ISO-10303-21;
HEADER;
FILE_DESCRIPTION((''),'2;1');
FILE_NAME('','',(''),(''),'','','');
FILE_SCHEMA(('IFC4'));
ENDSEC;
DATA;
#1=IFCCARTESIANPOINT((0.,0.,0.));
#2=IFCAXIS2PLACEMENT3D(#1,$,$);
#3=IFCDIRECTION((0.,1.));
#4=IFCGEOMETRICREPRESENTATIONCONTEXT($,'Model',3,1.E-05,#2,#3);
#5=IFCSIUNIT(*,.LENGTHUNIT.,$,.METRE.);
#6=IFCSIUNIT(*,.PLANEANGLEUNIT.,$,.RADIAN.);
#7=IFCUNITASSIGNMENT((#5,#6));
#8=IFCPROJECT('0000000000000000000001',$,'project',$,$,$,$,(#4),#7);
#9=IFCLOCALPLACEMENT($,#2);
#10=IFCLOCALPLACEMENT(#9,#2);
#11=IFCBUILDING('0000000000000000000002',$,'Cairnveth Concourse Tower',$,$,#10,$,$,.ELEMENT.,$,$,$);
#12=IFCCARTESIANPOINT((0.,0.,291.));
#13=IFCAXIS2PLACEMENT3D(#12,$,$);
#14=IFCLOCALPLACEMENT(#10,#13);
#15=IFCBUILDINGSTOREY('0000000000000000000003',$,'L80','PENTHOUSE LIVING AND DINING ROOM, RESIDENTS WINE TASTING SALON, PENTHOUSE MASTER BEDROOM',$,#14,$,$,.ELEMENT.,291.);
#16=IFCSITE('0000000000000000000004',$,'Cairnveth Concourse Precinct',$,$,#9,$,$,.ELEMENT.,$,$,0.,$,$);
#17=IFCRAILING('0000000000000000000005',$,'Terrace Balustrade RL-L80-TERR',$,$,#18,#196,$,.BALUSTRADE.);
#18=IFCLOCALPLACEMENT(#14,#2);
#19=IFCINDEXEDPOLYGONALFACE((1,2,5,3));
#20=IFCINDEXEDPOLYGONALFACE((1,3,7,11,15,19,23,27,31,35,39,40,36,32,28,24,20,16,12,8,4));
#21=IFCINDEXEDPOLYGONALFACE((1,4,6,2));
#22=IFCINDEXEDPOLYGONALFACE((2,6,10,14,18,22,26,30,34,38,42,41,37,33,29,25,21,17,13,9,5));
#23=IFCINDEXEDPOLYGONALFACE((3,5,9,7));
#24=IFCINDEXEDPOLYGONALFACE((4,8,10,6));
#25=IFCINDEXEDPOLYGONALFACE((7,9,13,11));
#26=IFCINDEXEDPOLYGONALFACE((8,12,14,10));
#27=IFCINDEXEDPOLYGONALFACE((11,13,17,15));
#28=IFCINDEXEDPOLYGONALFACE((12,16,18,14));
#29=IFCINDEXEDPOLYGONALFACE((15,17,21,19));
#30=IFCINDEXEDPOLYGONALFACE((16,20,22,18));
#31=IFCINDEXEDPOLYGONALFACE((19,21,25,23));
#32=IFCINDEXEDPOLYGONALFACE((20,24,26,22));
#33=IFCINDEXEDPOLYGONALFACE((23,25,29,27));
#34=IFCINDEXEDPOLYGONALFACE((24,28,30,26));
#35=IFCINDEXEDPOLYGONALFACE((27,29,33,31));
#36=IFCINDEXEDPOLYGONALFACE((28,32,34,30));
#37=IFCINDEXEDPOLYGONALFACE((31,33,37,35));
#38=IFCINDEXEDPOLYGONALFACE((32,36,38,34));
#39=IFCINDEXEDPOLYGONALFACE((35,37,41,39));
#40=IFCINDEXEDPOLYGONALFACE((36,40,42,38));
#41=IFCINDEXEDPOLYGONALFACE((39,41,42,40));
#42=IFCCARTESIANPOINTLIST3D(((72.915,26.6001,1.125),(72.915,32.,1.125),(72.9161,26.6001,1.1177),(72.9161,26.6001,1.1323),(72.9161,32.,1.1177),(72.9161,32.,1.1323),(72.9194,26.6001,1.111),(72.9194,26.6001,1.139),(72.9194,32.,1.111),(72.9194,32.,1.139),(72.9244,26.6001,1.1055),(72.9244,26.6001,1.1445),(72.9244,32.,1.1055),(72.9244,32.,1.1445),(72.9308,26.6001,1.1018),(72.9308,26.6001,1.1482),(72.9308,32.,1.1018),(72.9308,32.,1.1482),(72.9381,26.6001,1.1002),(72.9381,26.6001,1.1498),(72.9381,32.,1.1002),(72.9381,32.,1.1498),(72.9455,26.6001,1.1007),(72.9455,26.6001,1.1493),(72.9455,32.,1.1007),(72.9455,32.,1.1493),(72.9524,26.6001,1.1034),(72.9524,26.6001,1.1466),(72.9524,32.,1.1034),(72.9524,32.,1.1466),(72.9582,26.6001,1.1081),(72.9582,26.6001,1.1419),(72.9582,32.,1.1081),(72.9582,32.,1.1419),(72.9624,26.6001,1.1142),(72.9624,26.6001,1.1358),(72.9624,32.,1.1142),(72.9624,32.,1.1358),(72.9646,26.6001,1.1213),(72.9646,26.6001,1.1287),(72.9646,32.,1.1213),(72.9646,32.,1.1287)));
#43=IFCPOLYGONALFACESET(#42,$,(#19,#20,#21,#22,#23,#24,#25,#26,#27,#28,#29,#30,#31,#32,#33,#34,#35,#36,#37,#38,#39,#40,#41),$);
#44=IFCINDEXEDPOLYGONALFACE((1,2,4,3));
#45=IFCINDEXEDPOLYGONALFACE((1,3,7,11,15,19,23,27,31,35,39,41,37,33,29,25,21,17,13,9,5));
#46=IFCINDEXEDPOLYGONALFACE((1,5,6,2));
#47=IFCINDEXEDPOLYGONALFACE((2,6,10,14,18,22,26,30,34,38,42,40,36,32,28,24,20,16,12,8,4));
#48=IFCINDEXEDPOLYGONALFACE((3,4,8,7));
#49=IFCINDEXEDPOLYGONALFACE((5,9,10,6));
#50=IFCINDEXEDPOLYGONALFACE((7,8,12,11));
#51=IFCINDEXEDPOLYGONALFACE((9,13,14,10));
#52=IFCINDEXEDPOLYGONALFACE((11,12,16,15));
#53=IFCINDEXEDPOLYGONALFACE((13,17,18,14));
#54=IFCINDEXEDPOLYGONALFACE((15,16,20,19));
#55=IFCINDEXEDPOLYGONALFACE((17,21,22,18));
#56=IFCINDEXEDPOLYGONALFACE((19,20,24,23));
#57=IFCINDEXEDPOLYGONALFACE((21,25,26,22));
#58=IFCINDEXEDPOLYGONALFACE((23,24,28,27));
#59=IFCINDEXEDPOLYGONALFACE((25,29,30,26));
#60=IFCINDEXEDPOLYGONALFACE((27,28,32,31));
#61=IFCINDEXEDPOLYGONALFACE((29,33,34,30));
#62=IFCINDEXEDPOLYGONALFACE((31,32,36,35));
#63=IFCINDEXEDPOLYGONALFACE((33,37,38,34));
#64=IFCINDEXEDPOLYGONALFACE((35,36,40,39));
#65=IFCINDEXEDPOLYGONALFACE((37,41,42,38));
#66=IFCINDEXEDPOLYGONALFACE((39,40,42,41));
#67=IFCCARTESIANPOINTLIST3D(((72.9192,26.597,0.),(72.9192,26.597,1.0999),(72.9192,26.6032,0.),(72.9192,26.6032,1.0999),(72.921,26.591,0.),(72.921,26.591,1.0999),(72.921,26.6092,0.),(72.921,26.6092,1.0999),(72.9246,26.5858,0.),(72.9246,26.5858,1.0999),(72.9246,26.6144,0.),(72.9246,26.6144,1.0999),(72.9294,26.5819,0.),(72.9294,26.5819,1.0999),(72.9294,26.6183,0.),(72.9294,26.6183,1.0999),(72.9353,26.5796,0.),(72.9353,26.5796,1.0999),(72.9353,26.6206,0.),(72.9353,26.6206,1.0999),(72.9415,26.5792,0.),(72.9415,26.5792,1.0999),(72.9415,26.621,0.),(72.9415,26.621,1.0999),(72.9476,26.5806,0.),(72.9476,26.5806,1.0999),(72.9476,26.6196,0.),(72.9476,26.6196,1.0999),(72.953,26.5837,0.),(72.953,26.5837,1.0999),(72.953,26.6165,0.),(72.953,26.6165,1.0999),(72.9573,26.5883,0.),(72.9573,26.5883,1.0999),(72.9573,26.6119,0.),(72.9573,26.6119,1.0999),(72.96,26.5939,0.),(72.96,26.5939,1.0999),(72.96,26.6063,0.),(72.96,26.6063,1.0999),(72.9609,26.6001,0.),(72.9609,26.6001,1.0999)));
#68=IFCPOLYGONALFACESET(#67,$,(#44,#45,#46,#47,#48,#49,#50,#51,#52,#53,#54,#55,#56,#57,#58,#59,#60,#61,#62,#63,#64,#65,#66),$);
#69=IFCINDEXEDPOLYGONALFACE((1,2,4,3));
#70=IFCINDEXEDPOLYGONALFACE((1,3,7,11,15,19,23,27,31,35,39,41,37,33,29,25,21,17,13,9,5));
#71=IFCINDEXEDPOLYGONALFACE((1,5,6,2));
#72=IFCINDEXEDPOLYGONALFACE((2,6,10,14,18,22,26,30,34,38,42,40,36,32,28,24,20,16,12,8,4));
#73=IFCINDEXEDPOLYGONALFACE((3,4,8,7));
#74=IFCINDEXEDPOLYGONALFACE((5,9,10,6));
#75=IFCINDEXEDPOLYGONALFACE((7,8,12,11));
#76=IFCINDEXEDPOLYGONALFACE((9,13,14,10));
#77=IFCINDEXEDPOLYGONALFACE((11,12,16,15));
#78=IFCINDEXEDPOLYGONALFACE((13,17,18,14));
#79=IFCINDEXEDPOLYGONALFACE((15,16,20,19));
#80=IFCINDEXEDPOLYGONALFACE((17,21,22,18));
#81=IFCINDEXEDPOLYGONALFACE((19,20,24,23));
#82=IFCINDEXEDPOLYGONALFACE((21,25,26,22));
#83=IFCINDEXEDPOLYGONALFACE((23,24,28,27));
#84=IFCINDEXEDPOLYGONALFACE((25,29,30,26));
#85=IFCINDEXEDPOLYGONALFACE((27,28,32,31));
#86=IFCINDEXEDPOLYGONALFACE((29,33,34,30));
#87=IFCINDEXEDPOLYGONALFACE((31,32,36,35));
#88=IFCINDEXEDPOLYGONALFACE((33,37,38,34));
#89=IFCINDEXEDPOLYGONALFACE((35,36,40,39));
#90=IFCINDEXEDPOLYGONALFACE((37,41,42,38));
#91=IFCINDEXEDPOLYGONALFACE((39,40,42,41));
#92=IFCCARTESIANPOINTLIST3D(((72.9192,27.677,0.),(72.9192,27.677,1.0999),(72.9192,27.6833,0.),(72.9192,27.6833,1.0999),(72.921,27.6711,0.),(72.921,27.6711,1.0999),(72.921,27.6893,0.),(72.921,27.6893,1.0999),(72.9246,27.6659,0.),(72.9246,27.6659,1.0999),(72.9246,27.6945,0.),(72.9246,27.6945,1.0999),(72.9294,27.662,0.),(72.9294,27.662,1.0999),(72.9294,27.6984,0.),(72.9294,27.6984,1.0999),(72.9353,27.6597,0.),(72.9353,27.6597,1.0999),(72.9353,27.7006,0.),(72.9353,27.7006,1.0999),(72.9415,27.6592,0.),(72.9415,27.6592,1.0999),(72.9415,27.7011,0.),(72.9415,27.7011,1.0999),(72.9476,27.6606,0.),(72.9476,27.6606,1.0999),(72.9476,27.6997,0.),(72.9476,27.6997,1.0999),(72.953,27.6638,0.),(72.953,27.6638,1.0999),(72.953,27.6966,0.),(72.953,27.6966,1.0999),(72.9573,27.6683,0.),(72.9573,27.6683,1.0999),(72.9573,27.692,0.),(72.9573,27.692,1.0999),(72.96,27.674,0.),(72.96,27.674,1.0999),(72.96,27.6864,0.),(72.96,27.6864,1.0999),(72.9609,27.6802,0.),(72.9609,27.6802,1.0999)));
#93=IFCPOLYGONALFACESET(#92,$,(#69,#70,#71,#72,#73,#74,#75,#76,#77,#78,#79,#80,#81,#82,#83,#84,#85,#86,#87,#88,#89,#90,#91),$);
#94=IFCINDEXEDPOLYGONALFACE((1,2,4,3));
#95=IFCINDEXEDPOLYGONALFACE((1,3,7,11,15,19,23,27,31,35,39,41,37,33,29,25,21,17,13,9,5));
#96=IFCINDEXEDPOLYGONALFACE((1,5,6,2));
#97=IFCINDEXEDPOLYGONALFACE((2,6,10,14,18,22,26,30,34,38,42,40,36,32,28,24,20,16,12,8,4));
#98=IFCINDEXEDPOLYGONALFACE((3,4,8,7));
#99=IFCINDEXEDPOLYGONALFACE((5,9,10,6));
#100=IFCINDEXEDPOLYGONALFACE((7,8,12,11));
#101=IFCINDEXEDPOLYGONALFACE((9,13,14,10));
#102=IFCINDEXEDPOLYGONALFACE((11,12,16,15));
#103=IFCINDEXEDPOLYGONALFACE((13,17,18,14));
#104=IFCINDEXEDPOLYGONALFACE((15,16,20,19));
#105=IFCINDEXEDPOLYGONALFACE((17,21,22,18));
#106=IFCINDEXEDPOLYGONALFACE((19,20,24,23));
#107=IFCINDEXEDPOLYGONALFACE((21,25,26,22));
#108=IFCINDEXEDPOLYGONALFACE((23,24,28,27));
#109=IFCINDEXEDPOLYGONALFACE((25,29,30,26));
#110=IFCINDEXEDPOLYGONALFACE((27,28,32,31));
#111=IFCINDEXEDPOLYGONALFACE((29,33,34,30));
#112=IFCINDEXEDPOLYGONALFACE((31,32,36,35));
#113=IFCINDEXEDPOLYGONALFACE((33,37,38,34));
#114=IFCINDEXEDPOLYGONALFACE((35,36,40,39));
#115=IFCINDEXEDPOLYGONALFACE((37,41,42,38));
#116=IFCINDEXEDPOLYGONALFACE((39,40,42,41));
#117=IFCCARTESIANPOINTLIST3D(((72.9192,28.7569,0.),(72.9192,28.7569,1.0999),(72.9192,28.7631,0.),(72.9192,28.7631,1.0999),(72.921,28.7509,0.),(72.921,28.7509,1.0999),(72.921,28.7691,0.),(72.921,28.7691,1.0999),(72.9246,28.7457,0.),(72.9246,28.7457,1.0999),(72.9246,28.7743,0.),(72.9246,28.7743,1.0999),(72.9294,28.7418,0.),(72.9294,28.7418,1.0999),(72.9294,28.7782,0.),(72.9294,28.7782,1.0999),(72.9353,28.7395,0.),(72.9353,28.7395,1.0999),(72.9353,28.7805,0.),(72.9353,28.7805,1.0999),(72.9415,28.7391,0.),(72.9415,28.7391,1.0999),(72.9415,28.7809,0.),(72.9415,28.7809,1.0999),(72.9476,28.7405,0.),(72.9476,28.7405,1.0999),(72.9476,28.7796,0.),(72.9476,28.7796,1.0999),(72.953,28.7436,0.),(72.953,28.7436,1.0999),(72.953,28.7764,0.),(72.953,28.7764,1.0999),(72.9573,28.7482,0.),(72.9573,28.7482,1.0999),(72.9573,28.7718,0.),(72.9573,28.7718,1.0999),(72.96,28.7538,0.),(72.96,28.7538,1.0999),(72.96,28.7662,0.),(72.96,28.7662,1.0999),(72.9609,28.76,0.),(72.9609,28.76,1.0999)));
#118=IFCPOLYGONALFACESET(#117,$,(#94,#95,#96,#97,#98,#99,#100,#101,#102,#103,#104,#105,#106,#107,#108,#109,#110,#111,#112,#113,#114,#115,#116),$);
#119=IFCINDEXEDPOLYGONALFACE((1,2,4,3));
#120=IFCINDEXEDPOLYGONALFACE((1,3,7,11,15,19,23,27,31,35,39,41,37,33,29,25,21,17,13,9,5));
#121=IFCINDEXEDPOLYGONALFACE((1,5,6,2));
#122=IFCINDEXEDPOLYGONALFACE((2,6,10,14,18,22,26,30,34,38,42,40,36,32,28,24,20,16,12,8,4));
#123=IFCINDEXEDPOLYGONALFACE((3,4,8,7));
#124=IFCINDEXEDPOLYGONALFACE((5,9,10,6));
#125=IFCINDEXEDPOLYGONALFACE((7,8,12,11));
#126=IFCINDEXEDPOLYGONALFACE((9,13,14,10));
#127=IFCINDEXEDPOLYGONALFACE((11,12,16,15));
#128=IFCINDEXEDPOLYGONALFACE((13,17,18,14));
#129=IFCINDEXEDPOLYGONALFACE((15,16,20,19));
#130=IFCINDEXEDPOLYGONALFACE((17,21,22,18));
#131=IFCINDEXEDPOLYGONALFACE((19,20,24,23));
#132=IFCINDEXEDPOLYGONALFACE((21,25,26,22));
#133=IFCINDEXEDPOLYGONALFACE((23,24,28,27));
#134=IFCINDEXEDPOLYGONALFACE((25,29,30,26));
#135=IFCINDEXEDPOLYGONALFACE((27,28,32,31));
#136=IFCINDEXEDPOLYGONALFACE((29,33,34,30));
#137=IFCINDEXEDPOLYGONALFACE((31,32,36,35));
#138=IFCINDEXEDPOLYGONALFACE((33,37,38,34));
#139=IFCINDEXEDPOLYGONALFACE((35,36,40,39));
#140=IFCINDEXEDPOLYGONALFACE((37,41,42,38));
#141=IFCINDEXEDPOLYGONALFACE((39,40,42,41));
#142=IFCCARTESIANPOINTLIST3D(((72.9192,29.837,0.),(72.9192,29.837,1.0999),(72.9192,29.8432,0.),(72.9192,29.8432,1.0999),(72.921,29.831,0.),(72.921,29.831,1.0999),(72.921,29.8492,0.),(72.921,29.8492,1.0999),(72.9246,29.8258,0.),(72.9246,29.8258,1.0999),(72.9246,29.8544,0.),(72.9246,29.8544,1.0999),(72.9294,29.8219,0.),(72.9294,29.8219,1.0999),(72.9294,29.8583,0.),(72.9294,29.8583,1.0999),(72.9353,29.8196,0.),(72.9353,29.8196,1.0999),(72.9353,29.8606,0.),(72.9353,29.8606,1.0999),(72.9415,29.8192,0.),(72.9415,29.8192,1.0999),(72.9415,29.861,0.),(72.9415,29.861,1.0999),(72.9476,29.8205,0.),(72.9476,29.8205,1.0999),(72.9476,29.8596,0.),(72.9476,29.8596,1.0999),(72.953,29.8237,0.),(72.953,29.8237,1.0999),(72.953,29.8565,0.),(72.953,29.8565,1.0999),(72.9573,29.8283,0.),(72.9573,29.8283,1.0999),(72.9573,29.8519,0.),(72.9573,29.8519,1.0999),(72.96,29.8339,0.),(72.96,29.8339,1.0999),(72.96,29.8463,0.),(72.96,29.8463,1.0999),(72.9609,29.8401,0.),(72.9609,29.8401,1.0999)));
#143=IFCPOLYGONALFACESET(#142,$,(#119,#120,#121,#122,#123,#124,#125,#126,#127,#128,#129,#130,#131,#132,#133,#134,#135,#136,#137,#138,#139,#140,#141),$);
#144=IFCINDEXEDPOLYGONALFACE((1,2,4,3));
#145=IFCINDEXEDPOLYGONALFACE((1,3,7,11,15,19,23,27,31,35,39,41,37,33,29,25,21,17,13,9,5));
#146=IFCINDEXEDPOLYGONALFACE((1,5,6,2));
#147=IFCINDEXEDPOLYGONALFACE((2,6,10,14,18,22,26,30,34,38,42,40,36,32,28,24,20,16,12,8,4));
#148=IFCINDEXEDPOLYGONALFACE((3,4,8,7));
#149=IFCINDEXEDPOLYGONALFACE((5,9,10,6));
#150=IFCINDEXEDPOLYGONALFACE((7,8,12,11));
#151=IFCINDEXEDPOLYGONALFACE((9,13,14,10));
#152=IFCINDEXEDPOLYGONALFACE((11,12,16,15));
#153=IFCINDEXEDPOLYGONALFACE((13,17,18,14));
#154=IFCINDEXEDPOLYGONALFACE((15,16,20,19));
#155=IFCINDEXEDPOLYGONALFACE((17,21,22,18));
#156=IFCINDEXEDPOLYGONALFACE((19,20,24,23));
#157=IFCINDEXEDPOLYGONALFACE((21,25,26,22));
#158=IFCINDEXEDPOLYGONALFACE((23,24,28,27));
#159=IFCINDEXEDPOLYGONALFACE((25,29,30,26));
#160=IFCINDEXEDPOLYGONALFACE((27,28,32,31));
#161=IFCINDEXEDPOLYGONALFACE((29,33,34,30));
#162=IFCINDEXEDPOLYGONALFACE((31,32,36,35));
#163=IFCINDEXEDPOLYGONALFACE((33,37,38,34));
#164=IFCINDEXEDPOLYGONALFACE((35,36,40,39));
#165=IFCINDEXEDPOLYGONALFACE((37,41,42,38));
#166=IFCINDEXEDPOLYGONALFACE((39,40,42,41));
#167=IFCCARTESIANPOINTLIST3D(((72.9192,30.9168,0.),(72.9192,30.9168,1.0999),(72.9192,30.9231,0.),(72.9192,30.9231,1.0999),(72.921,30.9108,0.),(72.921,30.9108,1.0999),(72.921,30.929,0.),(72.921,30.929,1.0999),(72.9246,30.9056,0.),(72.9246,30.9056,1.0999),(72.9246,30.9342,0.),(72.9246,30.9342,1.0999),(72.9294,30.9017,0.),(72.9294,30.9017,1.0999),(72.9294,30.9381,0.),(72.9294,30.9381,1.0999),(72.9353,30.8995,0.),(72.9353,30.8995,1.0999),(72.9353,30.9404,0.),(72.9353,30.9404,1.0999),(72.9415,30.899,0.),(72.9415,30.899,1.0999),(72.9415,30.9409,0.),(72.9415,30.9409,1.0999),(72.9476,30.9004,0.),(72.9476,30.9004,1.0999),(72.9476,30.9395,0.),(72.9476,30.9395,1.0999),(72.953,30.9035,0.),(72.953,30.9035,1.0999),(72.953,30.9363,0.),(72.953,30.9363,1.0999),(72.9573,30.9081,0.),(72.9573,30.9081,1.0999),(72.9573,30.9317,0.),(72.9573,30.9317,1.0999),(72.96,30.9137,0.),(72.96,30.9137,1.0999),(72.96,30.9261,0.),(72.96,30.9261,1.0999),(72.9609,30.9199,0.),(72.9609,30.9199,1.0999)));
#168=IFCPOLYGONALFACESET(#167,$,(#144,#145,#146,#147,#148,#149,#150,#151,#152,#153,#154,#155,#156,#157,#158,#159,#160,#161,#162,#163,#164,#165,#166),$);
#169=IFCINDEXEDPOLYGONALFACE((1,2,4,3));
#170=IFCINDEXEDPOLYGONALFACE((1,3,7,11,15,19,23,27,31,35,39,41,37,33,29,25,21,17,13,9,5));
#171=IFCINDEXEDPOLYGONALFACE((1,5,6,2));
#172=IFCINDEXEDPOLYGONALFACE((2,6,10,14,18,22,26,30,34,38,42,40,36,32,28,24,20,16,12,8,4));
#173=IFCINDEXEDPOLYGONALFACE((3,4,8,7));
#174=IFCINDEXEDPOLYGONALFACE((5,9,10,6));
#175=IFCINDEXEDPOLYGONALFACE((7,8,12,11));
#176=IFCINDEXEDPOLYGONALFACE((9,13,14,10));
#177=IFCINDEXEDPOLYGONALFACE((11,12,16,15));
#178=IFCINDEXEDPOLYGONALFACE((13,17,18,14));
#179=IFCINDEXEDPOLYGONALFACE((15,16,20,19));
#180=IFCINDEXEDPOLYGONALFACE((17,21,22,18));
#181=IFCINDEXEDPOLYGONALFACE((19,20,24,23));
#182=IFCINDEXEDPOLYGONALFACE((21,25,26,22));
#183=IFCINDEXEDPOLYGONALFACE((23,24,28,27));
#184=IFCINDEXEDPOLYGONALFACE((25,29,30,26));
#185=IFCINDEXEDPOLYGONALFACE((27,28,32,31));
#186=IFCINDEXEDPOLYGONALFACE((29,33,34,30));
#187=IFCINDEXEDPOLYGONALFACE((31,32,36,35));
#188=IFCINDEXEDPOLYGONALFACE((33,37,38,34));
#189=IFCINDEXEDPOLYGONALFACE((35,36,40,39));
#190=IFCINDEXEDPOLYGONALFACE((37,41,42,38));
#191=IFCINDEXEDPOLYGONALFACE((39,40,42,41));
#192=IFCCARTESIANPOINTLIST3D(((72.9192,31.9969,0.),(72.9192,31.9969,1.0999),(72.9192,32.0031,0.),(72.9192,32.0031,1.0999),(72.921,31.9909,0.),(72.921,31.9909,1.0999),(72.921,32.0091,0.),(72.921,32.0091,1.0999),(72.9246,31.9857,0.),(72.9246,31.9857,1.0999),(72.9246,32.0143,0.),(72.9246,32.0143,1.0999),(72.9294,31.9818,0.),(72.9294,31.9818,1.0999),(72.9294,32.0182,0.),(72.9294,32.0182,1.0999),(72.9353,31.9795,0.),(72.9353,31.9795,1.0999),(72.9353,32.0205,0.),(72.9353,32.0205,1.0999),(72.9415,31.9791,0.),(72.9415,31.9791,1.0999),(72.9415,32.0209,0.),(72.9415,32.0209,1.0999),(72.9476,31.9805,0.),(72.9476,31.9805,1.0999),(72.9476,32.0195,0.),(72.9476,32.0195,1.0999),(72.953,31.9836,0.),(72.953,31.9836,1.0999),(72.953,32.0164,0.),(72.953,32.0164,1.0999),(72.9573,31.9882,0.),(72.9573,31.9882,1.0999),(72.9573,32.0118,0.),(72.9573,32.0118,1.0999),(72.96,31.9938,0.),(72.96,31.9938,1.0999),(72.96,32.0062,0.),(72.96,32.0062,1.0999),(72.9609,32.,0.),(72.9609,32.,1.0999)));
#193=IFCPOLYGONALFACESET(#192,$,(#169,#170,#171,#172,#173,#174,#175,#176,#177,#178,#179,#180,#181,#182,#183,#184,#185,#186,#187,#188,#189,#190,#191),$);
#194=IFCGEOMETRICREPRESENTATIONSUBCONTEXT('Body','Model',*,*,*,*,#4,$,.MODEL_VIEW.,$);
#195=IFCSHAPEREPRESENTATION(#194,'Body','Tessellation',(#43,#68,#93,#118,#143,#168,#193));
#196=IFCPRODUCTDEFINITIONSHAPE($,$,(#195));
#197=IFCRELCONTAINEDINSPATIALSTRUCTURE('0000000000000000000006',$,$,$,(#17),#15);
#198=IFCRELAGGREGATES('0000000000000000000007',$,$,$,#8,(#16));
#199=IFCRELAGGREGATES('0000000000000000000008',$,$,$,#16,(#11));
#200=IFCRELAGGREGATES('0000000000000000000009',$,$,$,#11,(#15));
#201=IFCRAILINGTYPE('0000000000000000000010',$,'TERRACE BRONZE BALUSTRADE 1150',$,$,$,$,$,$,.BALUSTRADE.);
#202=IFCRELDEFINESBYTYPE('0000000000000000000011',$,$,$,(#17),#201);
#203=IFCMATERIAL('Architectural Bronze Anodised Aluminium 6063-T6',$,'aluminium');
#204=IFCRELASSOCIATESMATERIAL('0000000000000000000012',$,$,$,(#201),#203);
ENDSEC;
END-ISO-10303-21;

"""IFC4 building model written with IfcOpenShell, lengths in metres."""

from ifc_helpers import new_model, si_unit, direction, frame, origin, origin_2d, place, context, subcontext, project, spatial, circle, extrude, material, type_object, element, save


model = new_model("IFC4")

# Units and contexts
model_context = context("Model", 3, precision=1e-05, world=origin(), true_north=direction((0.0, 1.0)))
body_context = subcontext(model_context, "Body", "Model", "MODEL_VIEW")
ifc_project = project(units=[si_unit("LENGTHUNIT", "METRE"), si_unit("PLANEANGLEUNIT", "RADIAN")], contexts=[model_context])

# Site, building, storey
site_placement = place(None, origin())
site = spatial("IfcSite", under=ifc_project, at=site_placement, Name="Cairnveth Concourse Precinct", CompositionType="ELEMENT", RefElevation=0.0)
building_placement = place(site_placement, origin())
building = spatial("IfcBuilding", under=site, at=building_placement, Name="Cairnveth Concourse Tower", CompositionType="ELEMENT")
storey_placement = place(building_placement, frame((0.0, 0.0, 291.0)))
storey = spatial("IfcBuildingStorey", under=building, at=storey_placement, Name="L80", Description="PENTHOUSE LIVING AND DINING ROOM, RESIDENTS WINE TASTING SALON, PENTHOUSE MASTER BEDROOM", CompositionType="ELEMENT", Elevation=291.0)

# Shared definitions
ifc_material_1 = material(Name="Architectural Bronze Anodised Aluminium 6063-T6", Category="aluminium")

# Railing
railing_type = type_object("IfcRailingType", Name="TERRACE BRONZE BALUSTRADE 1150", PredefinedType="BALUSTRADE", material=ifc_material_1)
railing_placement = place(storey_placement, frame((72.9399, 26.6001, 0.0)))
element("IfcRailing", 1, at=railing_placement, inside=storey, type_object=railing_type, Name="Terrace Balustrade RL-L80-TERR", PredefinedType="BALUSTRADE", context=body_context, shape_type="SweptSolid", body=[
    extrude(circle(Radius=0.0249, at=origin_2d()), frame((0.0, 0.0, 1.125), z_axis=(0.0, 1.0, 0.0), x_axis=(-1.0, 0.0, 0.0)), (0.0, 0.0, 1.0), 5.3999),
    extrude(circle(Radius=0.021, at=origin_2d()), origin(), (0.0, 0.0, 1.0), 1.0999),
    extrude(circle(Radius=0.021, at=origin_2d()), frame((0.0, 1.0801, 0.0)), (0.0, 0.0, 1.0), 1.0999),
    extrude(circle(Radius=0.021, at=origin_2d()), frame((0.0, 2.1599, 0.0)), (0.0, 0.0, 1.0), 1.0999),
    extrude(circle(Radius=0.021, at=origin_2d()), frame((0.0, 3.24, 0.0)), (0.0, 0.0, 1.0), 1.0999),
    extrude(circle(Radius=0.021, at=origin_2d()), frame((0.0, 4.3198, 0.0)), (0.0, 0.0, 1.0), 1.0999),
    extrude(circle(Radius=0.021, at=origin_2d()), frame((0.0, 5.3999, 0.0)), (0.0, 0.0, 1.0), 1.0999),
])

save(model, "model.ifc")
